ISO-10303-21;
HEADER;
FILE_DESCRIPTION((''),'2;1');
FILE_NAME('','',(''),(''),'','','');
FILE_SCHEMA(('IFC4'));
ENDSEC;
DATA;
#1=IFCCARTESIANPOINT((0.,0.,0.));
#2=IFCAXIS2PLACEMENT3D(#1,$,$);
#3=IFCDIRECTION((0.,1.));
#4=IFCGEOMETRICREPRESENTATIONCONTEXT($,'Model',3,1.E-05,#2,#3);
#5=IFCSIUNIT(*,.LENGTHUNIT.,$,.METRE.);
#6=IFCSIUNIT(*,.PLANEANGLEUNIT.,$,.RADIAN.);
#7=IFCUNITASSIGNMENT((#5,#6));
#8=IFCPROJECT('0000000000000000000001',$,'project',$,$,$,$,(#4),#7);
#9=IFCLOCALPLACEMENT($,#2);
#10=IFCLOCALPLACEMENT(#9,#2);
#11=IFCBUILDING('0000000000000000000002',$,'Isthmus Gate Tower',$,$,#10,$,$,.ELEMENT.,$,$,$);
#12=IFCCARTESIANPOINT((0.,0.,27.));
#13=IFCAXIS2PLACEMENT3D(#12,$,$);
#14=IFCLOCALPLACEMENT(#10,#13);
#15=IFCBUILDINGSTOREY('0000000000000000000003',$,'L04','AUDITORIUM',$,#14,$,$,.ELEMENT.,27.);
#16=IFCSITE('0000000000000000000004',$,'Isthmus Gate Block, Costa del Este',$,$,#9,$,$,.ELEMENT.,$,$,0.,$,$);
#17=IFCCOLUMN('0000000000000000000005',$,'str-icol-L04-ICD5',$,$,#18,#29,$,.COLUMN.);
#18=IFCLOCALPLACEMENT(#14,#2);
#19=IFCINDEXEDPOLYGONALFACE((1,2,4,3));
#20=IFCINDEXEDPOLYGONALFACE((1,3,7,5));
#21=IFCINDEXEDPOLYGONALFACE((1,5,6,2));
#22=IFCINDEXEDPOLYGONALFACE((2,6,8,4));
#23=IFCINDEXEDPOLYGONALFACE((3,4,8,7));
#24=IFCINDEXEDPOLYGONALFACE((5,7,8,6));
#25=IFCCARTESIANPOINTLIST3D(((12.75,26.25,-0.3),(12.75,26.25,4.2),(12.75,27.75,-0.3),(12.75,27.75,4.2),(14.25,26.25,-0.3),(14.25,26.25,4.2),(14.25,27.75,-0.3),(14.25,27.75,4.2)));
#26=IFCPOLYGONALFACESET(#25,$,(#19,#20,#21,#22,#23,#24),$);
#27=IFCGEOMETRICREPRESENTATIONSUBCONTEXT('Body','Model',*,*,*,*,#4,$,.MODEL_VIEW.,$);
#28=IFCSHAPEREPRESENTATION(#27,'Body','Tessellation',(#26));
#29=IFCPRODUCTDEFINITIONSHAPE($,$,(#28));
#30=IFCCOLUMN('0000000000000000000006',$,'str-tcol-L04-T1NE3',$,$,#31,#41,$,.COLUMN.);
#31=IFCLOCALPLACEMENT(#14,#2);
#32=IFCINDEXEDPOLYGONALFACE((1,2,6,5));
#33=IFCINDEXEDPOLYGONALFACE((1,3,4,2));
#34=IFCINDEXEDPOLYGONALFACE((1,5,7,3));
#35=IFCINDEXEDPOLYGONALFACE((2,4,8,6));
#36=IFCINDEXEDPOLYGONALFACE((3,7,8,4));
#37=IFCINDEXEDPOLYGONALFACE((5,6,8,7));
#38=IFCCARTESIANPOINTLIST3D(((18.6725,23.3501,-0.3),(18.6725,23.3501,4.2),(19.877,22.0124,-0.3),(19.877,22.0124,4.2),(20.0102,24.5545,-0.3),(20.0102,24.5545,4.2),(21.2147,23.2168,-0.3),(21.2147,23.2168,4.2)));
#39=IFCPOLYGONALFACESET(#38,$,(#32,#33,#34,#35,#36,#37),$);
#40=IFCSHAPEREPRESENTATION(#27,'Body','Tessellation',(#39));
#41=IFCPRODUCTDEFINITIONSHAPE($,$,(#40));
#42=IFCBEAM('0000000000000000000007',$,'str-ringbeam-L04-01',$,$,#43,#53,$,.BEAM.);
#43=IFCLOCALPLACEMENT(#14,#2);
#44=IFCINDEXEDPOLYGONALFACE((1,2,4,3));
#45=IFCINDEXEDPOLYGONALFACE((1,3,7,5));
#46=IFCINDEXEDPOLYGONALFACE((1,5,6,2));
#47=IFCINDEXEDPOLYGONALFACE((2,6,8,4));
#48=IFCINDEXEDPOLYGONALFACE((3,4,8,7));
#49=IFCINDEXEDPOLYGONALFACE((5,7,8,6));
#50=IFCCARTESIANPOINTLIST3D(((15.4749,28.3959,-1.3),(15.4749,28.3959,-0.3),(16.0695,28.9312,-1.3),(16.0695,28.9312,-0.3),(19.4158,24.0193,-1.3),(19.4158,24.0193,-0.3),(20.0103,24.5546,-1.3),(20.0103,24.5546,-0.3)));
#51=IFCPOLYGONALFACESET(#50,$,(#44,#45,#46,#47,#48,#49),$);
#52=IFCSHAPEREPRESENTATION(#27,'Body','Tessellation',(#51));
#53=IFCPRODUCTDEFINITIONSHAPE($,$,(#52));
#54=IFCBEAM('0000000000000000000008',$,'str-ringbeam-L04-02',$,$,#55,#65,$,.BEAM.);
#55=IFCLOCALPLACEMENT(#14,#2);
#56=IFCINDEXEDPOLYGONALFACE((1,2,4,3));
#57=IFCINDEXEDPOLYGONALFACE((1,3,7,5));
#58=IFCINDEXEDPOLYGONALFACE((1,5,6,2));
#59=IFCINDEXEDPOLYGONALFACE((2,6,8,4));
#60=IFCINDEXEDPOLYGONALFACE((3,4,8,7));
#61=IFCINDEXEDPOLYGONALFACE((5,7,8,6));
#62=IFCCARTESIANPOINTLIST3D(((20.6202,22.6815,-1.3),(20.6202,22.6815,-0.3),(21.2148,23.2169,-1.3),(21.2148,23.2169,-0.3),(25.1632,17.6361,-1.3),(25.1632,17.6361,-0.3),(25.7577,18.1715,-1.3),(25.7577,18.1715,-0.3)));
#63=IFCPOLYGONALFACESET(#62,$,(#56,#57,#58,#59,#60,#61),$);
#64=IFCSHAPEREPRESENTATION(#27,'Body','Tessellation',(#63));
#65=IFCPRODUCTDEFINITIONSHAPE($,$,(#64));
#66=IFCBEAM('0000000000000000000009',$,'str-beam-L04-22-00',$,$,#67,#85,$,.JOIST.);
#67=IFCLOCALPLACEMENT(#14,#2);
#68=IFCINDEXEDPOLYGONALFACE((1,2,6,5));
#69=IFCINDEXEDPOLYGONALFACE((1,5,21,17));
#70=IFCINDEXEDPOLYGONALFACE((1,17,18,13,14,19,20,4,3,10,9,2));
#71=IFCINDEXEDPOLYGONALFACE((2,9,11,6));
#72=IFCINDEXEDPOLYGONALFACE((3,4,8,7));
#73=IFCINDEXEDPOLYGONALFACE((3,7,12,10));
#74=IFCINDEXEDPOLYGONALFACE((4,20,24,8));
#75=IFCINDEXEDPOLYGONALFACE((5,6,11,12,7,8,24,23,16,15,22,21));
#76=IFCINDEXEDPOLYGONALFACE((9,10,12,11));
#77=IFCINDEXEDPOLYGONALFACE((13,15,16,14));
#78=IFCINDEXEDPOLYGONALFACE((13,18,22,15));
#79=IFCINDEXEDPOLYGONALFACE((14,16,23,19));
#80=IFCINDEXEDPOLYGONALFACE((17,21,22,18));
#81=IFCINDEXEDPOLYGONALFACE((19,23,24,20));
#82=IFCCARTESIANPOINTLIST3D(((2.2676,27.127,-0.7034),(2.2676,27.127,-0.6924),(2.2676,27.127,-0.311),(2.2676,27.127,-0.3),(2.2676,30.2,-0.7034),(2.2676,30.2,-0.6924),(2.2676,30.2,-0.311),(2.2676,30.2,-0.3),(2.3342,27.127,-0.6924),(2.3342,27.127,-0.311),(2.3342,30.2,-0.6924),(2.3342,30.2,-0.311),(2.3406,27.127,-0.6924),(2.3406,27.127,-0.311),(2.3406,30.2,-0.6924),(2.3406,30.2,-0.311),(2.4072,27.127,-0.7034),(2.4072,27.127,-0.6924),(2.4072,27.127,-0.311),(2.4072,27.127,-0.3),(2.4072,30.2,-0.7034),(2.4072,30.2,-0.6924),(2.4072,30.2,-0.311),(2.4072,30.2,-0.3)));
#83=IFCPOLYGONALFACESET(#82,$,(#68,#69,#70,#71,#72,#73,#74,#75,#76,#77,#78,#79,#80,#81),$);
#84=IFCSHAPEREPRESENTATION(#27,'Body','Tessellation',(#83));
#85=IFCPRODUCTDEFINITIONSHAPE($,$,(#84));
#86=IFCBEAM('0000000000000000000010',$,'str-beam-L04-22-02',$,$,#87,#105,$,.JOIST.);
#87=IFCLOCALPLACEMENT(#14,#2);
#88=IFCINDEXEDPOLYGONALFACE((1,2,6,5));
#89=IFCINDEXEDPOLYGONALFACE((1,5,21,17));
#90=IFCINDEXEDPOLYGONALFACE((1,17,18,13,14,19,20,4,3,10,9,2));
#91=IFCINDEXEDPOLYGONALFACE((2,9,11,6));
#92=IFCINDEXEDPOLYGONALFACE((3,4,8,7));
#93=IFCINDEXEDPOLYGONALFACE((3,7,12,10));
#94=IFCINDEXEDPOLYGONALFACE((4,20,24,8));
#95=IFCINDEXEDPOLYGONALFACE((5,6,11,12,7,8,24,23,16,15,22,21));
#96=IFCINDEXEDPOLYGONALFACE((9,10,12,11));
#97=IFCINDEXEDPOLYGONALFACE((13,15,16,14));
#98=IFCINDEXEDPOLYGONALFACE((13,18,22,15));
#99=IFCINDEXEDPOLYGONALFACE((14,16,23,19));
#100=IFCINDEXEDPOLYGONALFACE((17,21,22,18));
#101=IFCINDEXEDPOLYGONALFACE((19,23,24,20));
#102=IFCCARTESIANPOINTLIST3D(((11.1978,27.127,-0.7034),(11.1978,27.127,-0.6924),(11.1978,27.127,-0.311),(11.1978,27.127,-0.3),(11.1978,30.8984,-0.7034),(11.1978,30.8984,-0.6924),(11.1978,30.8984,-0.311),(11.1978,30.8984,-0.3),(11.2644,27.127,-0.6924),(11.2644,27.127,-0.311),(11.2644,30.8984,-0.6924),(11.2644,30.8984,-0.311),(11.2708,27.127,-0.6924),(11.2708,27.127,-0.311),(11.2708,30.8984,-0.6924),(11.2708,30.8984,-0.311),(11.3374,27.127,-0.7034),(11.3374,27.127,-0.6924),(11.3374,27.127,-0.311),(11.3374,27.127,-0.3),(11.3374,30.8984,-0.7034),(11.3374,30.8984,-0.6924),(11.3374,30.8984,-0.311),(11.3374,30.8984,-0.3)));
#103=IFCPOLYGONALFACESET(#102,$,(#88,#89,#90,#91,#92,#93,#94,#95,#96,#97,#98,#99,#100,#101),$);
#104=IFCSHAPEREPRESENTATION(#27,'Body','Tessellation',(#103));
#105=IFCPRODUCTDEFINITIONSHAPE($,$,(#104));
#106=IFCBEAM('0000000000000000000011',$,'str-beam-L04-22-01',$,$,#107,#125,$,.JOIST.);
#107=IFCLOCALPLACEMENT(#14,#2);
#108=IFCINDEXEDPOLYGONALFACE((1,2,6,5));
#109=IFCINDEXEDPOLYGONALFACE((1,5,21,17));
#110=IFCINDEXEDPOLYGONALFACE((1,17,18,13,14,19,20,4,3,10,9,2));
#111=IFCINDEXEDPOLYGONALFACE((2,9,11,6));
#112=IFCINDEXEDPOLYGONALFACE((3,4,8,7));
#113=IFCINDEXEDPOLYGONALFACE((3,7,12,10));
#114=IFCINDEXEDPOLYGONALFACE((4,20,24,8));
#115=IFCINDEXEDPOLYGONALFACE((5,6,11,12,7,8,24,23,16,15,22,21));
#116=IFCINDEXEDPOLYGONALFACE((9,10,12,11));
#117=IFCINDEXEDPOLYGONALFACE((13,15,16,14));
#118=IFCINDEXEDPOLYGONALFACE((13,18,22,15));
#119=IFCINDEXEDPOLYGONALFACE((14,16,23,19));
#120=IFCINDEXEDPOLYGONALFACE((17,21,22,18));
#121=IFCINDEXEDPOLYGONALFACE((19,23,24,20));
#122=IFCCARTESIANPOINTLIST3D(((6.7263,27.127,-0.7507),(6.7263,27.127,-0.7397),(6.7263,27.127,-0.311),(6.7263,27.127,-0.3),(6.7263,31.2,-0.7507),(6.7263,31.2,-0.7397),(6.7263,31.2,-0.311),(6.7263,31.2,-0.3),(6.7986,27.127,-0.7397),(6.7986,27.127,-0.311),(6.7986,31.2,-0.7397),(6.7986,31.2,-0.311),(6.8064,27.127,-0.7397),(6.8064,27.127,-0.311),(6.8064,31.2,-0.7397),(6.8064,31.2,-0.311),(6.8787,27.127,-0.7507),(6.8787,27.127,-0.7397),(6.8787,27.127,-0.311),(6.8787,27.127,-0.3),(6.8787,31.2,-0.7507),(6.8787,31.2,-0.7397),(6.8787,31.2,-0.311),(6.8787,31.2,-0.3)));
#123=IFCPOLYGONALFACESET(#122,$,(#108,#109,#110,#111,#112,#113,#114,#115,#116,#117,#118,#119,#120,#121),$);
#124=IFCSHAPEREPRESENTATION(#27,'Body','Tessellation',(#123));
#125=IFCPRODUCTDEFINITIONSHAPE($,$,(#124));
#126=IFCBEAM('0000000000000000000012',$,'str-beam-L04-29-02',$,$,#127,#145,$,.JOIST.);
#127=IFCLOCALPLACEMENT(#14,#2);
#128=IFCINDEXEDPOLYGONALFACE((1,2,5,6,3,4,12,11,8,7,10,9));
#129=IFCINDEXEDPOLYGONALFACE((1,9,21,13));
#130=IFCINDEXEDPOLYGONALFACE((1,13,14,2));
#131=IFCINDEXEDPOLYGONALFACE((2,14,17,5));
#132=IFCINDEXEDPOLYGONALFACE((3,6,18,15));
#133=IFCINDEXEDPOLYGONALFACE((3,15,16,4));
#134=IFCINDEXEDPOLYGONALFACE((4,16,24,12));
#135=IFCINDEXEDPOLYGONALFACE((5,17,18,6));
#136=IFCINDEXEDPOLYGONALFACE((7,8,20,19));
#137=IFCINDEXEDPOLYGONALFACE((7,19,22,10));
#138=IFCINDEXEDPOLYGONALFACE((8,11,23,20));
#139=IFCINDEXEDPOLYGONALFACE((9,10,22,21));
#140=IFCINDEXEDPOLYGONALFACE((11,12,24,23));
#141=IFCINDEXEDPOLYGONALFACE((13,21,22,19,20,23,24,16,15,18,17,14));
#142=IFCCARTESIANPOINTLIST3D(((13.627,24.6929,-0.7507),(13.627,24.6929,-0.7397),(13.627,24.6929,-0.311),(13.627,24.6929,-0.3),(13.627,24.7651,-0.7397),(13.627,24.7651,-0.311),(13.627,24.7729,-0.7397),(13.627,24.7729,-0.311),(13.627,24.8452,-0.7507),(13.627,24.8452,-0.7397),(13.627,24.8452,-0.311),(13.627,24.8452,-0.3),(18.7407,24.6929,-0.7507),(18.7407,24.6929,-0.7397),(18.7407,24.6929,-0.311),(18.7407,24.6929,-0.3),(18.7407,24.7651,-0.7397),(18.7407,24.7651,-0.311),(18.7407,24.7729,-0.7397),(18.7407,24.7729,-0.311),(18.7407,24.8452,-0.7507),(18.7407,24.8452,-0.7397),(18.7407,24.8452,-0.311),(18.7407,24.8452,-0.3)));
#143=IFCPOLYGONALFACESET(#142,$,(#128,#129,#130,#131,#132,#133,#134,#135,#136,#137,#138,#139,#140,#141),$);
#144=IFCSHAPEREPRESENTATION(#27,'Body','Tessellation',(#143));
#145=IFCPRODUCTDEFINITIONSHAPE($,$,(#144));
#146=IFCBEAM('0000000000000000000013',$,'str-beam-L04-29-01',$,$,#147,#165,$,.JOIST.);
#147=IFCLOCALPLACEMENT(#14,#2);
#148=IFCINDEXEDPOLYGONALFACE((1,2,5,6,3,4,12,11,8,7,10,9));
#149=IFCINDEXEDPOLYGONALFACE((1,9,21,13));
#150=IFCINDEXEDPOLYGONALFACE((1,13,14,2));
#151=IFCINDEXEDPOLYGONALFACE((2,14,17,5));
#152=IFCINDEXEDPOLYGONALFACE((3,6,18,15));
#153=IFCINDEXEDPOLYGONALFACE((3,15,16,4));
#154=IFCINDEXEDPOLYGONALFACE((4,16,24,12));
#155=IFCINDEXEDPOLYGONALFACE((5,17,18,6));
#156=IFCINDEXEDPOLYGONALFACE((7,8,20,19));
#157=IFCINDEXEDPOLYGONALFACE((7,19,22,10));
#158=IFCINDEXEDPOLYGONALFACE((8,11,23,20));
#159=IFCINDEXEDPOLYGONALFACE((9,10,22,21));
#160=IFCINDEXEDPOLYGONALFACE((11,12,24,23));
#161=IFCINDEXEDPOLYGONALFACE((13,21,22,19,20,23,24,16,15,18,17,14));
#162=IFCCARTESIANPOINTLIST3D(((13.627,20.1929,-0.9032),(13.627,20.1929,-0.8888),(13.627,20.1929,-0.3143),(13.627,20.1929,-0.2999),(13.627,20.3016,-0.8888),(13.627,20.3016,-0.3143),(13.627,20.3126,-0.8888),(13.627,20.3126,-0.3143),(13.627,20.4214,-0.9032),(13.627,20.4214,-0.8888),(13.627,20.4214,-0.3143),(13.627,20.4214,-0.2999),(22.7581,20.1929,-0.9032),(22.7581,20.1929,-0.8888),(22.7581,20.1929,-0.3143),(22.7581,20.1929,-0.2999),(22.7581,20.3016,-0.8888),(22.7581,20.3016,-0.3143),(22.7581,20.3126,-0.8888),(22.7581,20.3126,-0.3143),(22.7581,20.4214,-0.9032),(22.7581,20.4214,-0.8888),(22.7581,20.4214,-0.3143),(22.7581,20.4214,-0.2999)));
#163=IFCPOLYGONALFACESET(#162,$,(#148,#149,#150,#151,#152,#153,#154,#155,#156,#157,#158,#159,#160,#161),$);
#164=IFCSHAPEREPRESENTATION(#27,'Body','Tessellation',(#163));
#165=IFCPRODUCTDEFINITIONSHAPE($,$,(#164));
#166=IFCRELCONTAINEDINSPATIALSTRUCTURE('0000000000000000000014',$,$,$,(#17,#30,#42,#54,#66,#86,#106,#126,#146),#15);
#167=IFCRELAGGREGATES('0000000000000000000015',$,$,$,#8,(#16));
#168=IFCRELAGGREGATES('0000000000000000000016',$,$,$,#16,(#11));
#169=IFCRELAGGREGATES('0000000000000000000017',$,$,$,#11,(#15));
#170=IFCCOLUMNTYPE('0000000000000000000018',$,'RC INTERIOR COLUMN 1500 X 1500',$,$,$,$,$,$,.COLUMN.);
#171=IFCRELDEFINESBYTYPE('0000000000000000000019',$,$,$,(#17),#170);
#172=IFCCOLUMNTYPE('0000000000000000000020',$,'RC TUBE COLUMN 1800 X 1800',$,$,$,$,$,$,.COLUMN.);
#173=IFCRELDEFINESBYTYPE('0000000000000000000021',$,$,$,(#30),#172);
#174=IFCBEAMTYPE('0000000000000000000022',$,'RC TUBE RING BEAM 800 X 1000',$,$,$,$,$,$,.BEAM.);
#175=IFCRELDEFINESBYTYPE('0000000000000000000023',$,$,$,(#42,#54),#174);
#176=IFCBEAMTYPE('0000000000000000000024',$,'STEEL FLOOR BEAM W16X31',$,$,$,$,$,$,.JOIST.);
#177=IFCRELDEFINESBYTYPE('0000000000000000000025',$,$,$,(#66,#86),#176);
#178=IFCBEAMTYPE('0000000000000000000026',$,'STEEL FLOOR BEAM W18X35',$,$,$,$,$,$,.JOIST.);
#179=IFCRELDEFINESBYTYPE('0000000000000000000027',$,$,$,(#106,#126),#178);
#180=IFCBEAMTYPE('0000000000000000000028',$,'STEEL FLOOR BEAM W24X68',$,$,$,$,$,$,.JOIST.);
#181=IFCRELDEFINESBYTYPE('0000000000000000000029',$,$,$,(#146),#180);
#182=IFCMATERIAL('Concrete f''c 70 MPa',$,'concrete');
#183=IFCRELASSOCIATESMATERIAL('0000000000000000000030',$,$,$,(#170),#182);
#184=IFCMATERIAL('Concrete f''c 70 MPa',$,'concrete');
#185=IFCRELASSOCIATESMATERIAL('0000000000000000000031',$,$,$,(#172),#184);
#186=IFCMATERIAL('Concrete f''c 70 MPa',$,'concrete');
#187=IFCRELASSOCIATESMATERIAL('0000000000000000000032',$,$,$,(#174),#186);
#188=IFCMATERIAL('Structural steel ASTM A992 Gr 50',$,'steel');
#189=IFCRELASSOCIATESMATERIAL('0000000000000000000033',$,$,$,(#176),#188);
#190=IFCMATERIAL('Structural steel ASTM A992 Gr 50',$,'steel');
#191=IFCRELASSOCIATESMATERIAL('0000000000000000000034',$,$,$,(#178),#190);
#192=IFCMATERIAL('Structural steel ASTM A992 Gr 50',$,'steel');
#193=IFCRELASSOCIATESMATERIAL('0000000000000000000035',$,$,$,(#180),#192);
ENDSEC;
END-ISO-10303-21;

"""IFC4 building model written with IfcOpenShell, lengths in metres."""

from ifc_helpers import new_model, si_unit, direction, frame, origin, origin_2d, place, context, subcontext, project, spatial, rectangle, i_section, extrude, material, material_profile, profile_set, type_object, element, save


model = new_model("IFC4")

# Units and contexts
model_context = context("Model", 3, precision=1e-05, world=origin(), true_north=direction((0.0, 1.0)))
body_context = subcontext(model_context, "Body", "Model", "MODEL_VIEW")
ifc_project = project(units=[si_unit("LENGTHUNIT", "METRE"), si_unit("PLANEANGLEUNIT", "RADIAN")], contexts=[model_context])

# Site, building, storey
site_placement = place(None, origin())
site = spatial("IfcSite", under=ifc_project, at=site_placement, Name="Isthmus Gate Block, Costa del Este", CompositionType="ELEMENT", RefElevation=0.0)
building_placement = place(site_placement, origin())
building = spatial("IfcBuilding", under=site, at=building_placement, Name="Isthmus Gate Tower", CompositionType="ELEMENT")
storey_placement = place(building_placement, frame((0.0, 0.0, 27.0)))
storey = spatial("IfcBuildingStorey", under=building, at=storey_placement, Name="L04", Description="AUDITORIUM", CompositionType="ELEMENT", Elevation=27.0)

# Columns
ifc_material_1 = material(Name="Concrete f'c 70 MPa", Category="concrete")
ifc_material_profile_1 = material_profile(ifc_material_1, rectangle(XDim=1.5, YDim=1.5, at=origin_2d()), Name="RC 1500X1500")
ifc_profile_set_1 = profile_set([ifc_material_profile_1], Name="Concrete f'c 70 MPa")
column_type_1 = type_object("IfcColumnType", Name="RC INTERIOR COLUMN 1500 X 1500", PredefinedType="COLUMN", material=ifc_profile_set_1)
column_1_placement = place(storey_placement, frame((13.5, 27.0, -0.3), z_axis=(0.0, 0.0, 1.0), x_axis=(1.0, 0.0, 0.0)))
element("IfcColumn", 1, at=column_1_placement, inside=storey, type_object=column_type_1, Name="str-icol-L04-ICD5", PredefinedType="COLUMN", context=body_context, shape_type="SweptSolid", body=[
    extrude(rectangle(XDim=1.5, YDim=1.5, at=origin_2d()), origin(), (0.0, 0.0, 1.0), 4.5),
])
ifc_material_2 = material(Name="Concrete f'c 70 MPa", Category="concrete")
ifc_material_profile_2 = material_profile(ifc_material_2, rectangle(XDim=1.8, YDim=1.8, at=origin_2d()), Name="RC 1800X1800")
ifc_profile_set_2 = profile_set([ifc_material_profile_2], Name="Concrete f'c 70 MPa")
column_type_2 = type_object("IfcColumnType", Name="RC TUBE COLUMN 1800 X 1800", PredefinedType="COLUMN", material=ifc_profile_set_2)
column_2_placement = place(storey_placement, frame((19.9436, 23.2834, -0.3), z_axis=(0.0, 0.0, 1.0), x_axis=(-0.669131, 0.743145, 0.0)))
element("IfcColumn", 2, at=column_2_placement, inside=storey, type_object=column_type_2, Name="str-tcol-L04-T1NE3", PredefinedType="COLUMN", context=body_context, shape_type="SweptSolid", body=[
    extrude(rectangle(XDim=1.8, YDim=1.8, at=origin_2d()), origin(), (0.0, 0.0, 1.0), 4.5),
])

# Beams
ifc_material_3 = material(Name="Concrete f'c 70 MPa", Category="concrete")
ifc_material_profile_3 = material_profile(ifc_material_3, rectangle(XDim=0.8, YDim=1.0, at=origin_2d()), Name="RC 800X1000")
ifc_profile_set_3 = profile_set([ifc_material_profile_3], Name="Concrete f'c 70 MPa")
beam_type_1 = type_object("IfcBeamType", Name="RC TUBE RING BEAM 800 X 1000", PredefinedType="BEAM", material=ifc_profile_set_3)
beam_1_placement = place(storey_placement, frame((15.7722, 28.6636, -0.8), z_axis=(0.669141, -0.743135, 0.0), x_axis=(0.743135, 0.669141, 0.0)))
element("IfcBeam", 3, at=beam_1_placement, inside=storey, type_object=beam_type_1, Name="str-ringbeam-L04-01", PredefinedType="BEAM", context=body_context, shape_type="SweptSolid", body=[
    extrude(rectangle(XDim=0.8, YDim=1.0, at=origin_2d()), origin(), (0.0, 0.0, 1.0), 5.8894),
])
beam_2_placement = place(storey_placement, frame((20.9175, 22.9492, -0.8), z_axis=(0.669136, -0.74314, 0.0), x_axis=(0.74314, 0.669136, 0.0)))
element("IfcBeam", 4, at=beam_2_placement, inside=storey, type_object=beam_type_1, Name="str-ringbeam-L04-02", PredefinedType="BEAM", context=body_context, shape_type="SweptSolid", body=[
    extrude(rectangle(XDim=0.8, YDim=1.0, at=origin_2d()), origin(), (0.0, 0.0, 1.0), 6.7893),
])
ifc_material_4 = material(Name="Structural steel ASTM A992 Gr 50", Category="steel")
ifc_material_profile_4 = material_profile(ifc_material_4, i_section(OverallWidth=0.1396, OverallDepth=0.4033, WebThickness=0.0063, FlangeThickness=0.011, at=origin_2d()), Name="W16X31")
ifc_profile_set_4 = profile_set([ifc_material_profile_4], Name="Structural steel ASTM A992 Gr 50")
beam_type_2 = type_object("IfcBeamType", Name="STEEL FLOOR BEAM W16X31", PredefinedType="JOIST", material=ifc_profile_set_4)
beam_3_placement = place(storey_placement, frame((2.3374, 27.127, -0.5017), z_axis=(0.0, 1.0, 0.0), x_axis=(-1.0, 0.0, 0.0)))
element("IfcBeam", 5, at=beam_3_placement, inside=storey, type_object=beam_type_2, Name="str-beam-L04-22-00", PredefinedType="JOIST", context=body_context, shape_type="SweptSolid", body=[
    extrude(i_section(OverallWidth=0.1396, OverallDepth=0.4033, WebThickness=0.0063, FlangeThickness=0.011, at=origin_2d()), origin(), (0.0, 0.0, 1.0), 3.073),
])
beam_4_placement = place(storey_placement, frame((11.2676, 27.127, -0.5017), z_axis=(0.0, 1.0, 0.0), x_axis=(-1.0, 0.0, 0.0)))
element("IfcBeam", 6, at=beam_4_placement, inside=storey, type_object=beam_type_2, Name="str-beam-L04-22-02", PredefinedType="JOIST", context=body_context, shape_type="SweptSolid", body=[
    extrude(i_section(OverallWidth=0.1396, OverallDepth=0.4033, WebThickness=0.0063, FlangeThickness=0.011, at=origin_2d()), origin(), (0.0, 0.0, 1.0), 3.7715),
])
ifc_material_5 = material(Name="Structural steel ASTM A992 Gr 50", Category="steel")
ifc_material_profile_5 = material_profile(ifc_material_5, i_section(OverallWidth=0.1523, OverallDepth=0.4507, WebThickness=0.0078, FlangeThickness=0.011, at=origin_2d()), Name="W18X35")
ifc_profile_set_5 = profile_set([ifc_material_profile_5], Name="Structural steel ASTM A992 Gr 50")
beam_type_3 = type_object("IfcBeamType", Name="STEEL FLOOR BEAM W18X35", PredefinedType="JOIST", material=ifc_profile_set_5)
beam_5_placement = place(storey_placement, frame((6.8025, 27.127, -0.5254), z_axis=(0.0, 1.0, 0.0), x_axis=(-1.0, 0.0, 0.0)))
element("IfcBeam", 7, at=beam_5_placement, inside=storey, type_object=beam_type_3, Name="str-beam-L04-22-01", PredefinedType="JOIST", context=body_context, shape_type="SweptSolid", body=[
    extrude(i_section(OverallWidth=0.1523, OverallDepth=0.4507, WebThickness=0.0078, FlangeThickness=0.011, at=origin_2d()), origin(), (0.0, 0.0, 1.0), 4.073),
])
beam_6_placement = place(storey_placement, frame((13.627, 24.769, -0.5254), z_axis=(1.0, 0.0, 0.0), x_axis=(0.0, 1.0, 0.0)))
element("IfcBeam", 8, at=beam_6_placement, inside=storey, type_object=beam_type_3, Name="str-beam-L04-29-02", PredefinedType="JOIST", context=body_context, shape_type="SweptSolid", body=[
    extrude(i_section(OverallWidth=0.1523, OverallDepth=0.4507, WebThickness=0.0078, FlangeThickness=0.011, at=origin_2d()), origin(), (0.0, 0.0, 1.0), 5.1138),
])
ifc_material_6 = material(Name="Structural steel ASTM A992 Gr 50", Category="steel")
ifc_material_profile_6 = material_profile(ifc_material_6, i_section(OverallWidth=0.2285, OverallDepth=0.6033, WebThickness=0.011, FlangeThickness=0.0144, at=origin_2d()), Name="W24X68")
ifc_profile_set_6 = profile_set([ifc_material_profile_6], Name="Structural steel ASTM A992 Gr 50")
beam_type_4 = type_object("IfcBeamType", Name="STEEL FLOOR BEAM W24X68", PredefinedType="JOIST", material=ifc_profile_set_6)
beam_7_placement = place(storey_placement, frame((13.627, 20.3071, -0.6016), z_axis=(1.0, 0.0, 0.0), x_axis=(0.0, 1.0, 0.0)))
element("IfcBeam", 9, at=beam_7_placement, inside=storey, type_object=beam_type_4, Name="str-beam-L04-29-01", PredefinedType="JOIST", context=body_context, shape_type="SweptSolid", body=[
    extrude(i_section(OverallWidth=0.2285, OverallDepth=0.6033, WebThickness=0.011, FlangeThickness=0.0144, at=origin_2d()), origin(), (0.0, 0.0, 1.0), 9.1311),
])

save(model, "model.ifc")
